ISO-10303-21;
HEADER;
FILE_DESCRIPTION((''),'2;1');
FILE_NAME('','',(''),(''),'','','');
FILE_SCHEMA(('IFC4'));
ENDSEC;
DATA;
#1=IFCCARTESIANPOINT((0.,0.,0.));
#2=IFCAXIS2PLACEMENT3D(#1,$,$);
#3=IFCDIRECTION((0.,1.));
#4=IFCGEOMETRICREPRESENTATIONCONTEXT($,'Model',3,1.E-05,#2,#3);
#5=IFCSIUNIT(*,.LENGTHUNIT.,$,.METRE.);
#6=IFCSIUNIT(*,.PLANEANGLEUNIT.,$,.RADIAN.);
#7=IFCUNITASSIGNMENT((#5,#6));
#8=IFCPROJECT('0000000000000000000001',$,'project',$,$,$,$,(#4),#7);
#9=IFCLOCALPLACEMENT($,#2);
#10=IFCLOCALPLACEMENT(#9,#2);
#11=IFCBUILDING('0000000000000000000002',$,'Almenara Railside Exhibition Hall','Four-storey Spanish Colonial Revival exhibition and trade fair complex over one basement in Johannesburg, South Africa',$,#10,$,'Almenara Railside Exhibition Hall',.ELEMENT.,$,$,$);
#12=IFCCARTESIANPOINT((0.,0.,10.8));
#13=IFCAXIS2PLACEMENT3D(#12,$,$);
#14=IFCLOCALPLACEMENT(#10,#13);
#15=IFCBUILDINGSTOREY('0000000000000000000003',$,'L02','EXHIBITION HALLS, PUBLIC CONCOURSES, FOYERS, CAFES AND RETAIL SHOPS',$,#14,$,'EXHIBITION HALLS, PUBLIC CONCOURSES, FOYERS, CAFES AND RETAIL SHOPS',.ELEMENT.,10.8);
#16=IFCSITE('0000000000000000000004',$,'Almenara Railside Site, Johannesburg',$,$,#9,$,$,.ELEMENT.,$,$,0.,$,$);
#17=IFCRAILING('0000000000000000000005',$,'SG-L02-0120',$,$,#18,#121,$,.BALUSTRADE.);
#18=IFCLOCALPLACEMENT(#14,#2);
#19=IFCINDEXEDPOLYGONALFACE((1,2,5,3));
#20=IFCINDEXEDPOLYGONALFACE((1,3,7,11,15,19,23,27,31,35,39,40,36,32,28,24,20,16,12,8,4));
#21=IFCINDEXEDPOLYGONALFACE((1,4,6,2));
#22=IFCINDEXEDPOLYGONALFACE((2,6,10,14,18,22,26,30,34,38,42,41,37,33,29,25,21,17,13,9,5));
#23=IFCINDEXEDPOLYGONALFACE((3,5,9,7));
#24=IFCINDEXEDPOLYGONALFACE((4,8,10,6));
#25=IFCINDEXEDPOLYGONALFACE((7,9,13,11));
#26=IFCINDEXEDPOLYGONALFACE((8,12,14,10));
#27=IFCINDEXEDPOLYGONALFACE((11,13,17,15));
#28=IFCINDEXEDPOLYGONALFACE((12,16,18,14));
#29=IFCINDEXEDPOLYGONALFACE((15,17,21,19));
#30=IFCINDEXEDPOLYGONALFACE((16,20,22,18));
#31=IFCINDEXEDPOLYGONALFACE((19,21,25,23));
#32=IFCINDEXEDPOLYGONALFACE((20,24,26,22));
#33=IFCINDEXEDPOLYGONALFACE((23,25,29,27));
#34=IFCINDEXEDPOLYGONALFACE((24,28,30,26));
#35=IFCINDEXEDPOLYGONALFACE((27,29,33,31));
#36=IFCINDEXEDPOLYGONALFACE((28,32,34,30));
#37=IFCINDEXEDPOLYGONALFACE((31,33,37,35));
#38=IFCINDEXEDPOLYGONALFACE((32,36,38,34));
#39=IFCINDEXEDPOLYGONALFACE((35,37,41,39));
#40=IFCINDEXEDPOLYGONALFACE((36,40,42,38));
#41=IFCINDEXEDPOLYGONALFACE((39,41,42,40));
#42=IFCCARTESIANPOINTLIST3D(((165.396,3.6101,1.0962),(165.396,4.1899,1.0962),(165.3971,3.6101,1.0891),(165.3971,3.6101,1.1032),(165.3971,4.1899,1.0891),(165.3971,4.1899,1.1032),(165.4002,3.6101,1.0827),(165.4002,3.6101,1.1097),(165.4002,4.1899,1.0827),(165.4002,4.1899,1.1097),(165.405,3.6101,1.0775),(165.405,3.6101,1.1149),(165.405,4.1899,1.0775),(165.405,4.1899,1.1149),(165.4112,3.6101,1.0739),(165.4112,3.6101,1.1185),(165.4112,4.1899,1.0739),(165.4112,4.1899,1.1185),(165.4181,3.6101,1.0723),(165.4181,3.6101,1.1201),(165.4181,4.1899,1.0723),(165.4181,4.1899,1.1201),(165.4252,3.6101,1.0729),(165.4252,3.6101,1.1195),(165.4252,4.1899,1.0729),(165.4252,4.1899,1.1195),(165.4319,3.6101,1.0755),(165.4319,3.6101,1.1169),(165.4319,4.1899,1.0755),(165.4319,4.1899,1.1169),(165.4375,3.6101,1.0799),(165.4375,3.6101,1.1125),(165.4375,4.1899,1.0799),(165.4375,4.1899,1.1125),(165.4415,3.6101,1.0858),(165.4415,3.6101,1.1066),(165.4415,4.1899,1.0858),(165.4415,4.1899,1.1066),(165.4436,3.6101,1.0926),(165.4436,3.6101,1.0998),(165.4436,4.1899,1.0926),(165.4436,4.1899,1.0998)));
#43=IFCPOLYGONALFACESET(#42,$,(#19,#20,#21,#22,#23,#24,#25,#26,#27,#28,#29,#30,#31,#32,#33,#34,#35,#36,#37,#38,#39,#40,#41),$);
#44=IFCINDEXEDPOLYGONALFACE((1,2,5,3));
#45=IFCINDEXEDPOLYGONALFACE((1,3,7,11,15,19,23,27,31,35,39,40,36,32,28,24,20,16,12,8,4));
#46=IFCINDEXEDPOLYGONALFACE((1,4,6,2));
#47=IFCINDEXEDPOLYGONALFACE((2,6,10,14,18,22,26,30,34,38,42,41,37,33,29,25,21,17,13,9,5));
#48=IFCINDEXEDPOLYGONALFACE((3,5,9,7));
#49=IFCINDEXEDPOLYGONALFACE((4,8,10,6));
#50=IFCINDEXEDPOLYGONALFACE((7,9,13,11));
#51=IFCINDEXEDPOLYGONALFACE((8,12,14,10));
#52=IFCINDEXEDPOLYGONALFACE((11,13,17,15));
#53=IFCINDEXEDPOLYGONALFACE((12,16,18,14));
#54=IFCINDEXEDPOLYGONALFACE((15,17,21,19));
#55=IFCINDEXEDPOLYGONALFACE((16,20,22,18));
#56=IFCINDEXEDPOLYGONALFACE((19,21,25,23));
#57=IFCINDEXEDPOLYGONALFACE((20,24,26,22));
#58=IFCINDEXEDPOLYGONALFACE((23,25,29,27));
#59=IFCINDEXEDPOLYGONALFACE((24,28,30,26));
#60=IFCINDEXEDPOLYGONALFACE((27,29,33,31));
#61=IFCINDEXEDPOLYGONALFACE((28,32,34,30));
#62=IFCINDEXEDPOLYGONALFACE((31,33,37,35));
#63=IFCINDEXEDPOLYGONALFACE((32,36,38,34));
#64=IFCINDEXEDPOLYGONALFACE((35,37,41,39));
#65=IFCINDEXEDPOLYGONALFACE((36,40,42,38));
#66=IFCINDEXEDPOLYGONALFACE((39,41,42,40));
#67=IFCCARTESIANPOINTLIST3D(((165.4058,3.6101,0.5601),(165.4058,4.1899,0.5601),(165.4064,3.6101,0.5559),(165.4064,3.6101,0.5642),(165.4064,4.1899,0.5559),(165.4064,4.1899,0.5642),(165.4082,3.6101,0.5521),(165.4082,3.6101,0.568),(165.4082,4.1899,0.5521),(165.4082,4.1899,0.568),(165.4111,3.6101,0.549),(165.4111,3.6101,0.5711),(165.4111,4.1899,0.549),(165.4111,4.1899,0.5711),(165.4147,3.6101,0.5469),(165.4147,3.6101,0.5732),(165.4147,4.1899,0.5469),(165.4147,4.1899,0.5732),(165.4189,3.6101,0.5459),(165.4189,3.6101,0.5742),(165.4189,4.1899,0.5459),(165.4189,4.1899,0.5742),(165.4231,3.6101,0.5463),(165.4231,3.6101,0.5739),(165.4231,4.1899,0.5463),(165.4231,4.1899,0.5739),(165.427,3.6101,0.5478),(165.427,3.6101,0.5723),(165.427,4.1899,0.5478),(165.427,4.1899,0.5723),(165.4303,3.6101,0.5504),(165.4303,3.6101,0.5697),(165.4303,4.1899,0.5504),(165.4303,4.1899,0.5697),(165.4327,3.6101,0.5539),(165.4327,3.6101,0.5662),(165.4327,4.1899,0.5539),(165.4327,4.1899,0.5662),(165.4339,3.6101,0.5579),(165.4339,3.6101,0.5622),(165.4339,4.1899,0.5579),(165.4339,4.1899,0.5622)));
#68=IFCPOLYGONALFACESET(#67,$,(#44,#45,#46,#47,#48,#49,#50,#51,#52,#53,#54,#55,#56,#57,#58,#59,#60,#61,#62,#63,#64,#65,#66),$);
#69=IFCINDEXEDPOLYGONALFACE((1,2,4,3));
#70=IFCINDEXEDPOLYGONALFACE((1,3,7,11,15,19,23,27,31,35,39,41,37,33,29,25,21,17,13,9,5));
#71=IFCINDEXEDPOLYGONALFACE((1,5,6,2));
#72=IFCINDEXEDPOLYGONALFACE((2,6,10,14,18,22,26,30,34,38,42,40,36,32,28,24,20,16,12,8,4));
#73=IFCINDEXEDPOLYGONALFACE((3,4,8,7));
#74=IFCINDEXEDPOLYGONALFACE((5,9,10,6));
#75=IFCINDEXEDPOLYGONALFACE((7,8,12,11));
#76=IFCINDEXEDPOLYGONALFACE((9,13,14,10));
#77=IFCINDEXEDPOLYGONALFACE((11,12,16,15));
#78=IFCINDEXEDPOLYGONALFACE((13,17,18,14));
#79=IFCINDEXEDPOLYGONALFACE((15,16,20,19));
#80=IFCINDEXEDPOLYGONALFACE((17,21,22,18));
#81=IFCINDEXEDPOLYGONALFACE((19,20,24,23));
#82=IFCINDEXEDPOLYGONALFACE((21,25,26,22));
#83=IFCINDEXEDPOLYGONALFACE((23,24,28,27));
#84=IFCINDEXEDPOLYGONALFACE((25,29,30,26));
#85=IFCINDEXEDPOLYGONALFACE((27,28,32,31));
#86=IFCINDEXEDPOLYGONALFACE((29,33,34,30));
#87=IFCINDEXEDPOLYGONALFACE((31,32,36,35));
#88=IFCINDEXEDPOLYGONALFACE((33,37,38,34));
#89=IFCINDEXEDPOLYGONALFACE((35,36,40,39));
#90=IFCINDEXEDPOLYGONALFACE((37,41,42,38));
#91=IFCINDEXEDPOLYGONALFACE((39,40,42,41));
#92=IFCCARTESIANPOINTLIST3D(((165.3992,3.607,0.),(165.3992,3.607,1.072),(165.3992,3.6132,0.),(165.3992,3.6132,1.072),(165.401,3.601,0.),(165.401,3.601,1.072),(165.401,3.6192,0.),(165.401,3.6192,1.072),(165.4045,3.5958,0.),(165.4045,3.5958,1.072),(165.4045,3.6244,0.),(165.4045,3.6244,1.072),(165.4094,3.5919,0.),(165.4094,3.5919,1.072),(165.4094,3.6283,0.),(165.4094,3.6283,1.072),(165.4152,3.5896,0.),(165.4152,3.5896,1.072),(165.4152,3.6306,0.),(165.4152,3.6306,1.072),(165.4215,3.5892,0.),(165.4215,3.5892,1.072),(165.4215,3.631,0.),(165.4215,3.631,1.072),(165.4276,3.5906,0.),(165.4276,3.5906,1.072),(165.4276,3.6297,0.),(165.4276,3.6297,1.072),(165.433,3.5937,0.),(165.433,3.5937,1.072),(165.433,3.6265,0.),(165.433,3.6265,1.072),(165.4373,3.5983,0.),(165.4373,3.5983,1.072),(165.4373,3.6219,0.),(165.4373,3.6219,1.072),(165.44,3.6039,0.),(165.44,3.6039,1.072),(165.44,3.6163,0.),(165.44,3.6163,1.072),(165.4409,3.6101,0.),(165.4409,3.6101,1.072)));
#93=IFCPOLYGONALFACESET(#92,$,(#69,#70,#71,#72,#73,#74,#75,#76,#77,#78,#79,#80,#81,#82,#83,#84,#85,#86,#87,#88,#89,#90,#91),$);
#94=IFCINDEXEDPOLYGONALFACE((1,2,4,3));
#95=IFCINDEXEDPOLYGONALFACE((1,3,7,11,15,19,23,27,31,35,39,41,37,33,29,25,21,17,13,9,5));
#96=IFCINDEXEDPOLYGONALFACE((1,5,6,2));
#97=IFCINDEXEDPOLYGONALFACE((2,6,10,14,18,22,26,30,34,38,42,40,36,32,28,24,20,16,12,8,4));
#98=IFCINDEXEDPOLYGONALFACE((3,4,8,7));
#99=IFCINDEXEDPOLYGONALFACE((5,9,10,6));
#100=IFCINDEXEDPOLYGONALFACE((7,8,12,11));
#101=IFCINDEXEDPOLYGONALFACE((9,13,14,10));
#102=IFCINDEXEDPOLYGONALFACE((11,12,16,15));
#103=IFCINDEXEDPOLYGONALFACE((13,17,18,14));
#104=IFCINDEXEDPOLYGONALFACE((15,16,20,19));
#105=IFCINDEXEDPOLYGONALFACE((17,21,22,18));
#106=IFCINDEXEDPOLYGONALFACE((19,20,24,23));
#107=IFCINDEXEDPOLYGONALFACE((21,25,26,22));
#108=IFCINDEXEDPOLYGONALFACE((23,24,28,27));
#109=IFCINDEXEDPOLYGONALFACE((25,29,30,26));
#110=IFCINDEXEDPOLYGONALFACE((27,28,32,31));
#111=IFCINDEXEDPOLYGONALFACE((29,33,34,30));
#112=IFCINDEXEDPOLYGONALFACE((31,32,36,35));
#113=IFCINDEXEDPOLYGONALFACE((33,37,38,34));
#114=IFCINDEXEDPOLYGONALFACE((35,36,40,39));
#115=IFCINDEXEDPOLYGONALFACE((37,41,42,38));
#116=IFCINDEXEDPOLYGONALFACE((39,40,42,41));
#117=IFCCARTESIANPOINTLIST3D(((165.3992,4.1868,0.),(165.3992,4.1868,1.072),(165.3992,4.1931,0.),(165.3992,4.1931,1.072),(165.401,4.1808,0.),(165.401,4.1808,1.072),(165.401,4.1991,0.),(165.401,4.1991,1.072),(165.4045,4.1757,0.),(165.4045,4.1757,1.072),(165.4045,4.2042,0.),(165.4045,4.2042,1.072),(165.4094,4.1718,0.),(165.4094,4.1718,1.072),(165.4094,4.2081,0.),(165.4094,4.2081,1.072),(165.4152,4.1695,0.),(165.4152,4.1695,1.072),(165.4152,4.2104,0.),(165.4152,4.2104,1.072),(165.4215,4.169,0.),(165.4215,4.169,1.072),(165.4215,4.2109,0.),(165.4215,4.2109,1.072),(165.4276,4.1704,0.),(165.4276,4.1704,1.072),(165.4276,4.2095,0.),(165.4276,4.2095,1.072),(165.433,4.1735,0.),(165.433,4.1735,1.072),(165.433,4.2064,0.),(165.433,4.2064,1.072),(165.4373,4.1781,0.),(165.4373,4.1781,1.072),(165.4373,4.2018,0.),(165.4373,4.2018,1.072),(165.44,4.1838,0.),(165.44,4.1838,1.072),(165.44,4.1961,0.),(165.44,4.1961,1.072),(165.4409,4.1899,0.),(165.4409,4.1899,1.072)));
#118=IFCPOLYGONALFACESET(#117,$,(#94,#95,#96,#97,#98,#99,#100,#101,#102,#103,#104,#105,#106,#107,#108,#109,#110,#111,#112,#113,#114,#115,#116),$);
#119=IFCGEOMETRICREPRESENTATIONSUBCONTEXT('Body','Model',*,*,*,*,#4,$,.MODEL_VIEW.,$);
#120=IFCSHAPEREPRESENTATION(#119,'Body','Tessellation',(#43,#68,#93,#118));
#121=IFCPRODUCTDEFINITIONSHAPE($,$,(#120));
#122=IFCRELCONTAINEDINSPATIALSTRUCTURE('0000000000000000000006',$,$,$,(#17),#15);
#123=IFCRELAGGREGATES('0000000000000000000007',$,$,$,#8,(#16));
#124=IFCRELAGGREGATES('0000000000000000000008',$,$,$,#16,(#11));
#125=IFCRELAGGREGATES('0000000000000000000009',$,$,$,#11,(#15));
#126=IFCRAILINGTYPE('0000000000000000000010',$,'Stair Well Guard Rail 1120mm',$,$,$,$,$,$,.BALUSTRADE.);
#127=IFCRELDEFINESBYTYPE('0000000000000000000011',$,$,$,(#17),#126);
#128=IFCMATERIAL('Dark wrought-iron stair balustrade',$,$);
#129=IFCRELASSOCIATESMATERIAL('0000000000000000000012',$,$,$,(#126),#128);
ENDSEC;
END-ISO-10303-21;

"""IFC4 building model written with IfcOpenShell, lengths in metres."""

from ifc_helpers import new_model, si_unit, direction, frame, origin, origin_2d, place, context, subcontext, project, spatial, circle, extrude, material, type_object, element, save


model = new_model("IFC4")

# Units and contexts
model_context = context("Model", 3, precision=1e-05, world=origin(), true_north=direction((0.0, 1.0)))
body_context = subcontext(model_context, "Body", "Model", "MODEL_VIEW")
ifc_project = project(units=[si_unit("LENGTHUNIT", "METRE"), si_unit("PLANEANGLEUNIT", "RADIAN")], contexts=[model_context])

# Site, building, storey
site_placement = place(None, origin())
site = spatial("IfcSite", under=ifc_project, at=site_placement, Name="Almenara Railside Site, Johannesburg", CompositionType="ELEMENT", RefElevation=0.0)
building_placement = place(site_placement, origin())
building = spatial("IfcBuilding", under=site, at=building_placement, Name="Almenara Railside Exhibition Hall", Description="Four-storey Spanish Colonial Revival exhibition and trade fair complex over one basement in Johannesburg, South Africa", LongName="Almenara Railside Exhibition Hall", CompositionType="ELEMENT")
storey_placement = place(building_placement, frame((0.0, 0.0, 10.8)))
storey = spatial("IfcBuildingStorey", under=building, at=storey_placement, Name="L02", Description="EXHIBITION HALLS, PUBLIC CONCOURSES, FOYERS, CAFES AND RETAIL SHOPS", LongName="EXHIBITION HALLS, PUBLIC CONCOURSES, FOYERS, CAFES AND RETAIL SHOPS", CompositionType="ELEMENT", Elevation=10.8)

# Railing
ifc_material_1 = material(Name="Dark wrought-iron stair balustrade")
railing_type_1 = type_object("IfcRailingType", Name="Stair Well Guard Rail 1120mm", PredefinedType="BALUSTRADE", material=ifc_material_1)
railing_1_placement = place(storey_placement, frame((165.4199, 3.6101, 0.0)))
element("IfcRailing", 1, at=railing_1_placement, inside=storey, type_object=railing_type_1, Name="SG-L02-0120", PredefinedType="BALUSTRADE", context=body_context, shape_type="SweptSolid", body=[
    extrude(circle(Radius=0.0239, at=origin_2d()), frame((0.0, 0.0, 1.0962), z_axis=(0.0, 1.0, 0.0), x_axis=(-1.0, 0.0, 0.0)), (0.0, 0.0, 1.0), 0.5798),
    extrude(circle(Radius=0.0142, at=origin_2d()), frame((0.0, 0.0, 0.5601), z_axis=(0.0, 1.0, 0.0), x_axis=(-1.0, 0.0, 0.0)), (0.0, 0.0, 1.0), 0.5798),
    extrude(circle(Radius=0.021, at=origin_2d()), origin(), (0.0, 0.0, 1.0), 1.072),
    extrude(circle(Radius=0.021, at=origin_2d()), frame((0.0, 0.5798, 0.0)), (0.0, 0.0, 1.0), 1.072),
])

save(model, "model.ifc")
